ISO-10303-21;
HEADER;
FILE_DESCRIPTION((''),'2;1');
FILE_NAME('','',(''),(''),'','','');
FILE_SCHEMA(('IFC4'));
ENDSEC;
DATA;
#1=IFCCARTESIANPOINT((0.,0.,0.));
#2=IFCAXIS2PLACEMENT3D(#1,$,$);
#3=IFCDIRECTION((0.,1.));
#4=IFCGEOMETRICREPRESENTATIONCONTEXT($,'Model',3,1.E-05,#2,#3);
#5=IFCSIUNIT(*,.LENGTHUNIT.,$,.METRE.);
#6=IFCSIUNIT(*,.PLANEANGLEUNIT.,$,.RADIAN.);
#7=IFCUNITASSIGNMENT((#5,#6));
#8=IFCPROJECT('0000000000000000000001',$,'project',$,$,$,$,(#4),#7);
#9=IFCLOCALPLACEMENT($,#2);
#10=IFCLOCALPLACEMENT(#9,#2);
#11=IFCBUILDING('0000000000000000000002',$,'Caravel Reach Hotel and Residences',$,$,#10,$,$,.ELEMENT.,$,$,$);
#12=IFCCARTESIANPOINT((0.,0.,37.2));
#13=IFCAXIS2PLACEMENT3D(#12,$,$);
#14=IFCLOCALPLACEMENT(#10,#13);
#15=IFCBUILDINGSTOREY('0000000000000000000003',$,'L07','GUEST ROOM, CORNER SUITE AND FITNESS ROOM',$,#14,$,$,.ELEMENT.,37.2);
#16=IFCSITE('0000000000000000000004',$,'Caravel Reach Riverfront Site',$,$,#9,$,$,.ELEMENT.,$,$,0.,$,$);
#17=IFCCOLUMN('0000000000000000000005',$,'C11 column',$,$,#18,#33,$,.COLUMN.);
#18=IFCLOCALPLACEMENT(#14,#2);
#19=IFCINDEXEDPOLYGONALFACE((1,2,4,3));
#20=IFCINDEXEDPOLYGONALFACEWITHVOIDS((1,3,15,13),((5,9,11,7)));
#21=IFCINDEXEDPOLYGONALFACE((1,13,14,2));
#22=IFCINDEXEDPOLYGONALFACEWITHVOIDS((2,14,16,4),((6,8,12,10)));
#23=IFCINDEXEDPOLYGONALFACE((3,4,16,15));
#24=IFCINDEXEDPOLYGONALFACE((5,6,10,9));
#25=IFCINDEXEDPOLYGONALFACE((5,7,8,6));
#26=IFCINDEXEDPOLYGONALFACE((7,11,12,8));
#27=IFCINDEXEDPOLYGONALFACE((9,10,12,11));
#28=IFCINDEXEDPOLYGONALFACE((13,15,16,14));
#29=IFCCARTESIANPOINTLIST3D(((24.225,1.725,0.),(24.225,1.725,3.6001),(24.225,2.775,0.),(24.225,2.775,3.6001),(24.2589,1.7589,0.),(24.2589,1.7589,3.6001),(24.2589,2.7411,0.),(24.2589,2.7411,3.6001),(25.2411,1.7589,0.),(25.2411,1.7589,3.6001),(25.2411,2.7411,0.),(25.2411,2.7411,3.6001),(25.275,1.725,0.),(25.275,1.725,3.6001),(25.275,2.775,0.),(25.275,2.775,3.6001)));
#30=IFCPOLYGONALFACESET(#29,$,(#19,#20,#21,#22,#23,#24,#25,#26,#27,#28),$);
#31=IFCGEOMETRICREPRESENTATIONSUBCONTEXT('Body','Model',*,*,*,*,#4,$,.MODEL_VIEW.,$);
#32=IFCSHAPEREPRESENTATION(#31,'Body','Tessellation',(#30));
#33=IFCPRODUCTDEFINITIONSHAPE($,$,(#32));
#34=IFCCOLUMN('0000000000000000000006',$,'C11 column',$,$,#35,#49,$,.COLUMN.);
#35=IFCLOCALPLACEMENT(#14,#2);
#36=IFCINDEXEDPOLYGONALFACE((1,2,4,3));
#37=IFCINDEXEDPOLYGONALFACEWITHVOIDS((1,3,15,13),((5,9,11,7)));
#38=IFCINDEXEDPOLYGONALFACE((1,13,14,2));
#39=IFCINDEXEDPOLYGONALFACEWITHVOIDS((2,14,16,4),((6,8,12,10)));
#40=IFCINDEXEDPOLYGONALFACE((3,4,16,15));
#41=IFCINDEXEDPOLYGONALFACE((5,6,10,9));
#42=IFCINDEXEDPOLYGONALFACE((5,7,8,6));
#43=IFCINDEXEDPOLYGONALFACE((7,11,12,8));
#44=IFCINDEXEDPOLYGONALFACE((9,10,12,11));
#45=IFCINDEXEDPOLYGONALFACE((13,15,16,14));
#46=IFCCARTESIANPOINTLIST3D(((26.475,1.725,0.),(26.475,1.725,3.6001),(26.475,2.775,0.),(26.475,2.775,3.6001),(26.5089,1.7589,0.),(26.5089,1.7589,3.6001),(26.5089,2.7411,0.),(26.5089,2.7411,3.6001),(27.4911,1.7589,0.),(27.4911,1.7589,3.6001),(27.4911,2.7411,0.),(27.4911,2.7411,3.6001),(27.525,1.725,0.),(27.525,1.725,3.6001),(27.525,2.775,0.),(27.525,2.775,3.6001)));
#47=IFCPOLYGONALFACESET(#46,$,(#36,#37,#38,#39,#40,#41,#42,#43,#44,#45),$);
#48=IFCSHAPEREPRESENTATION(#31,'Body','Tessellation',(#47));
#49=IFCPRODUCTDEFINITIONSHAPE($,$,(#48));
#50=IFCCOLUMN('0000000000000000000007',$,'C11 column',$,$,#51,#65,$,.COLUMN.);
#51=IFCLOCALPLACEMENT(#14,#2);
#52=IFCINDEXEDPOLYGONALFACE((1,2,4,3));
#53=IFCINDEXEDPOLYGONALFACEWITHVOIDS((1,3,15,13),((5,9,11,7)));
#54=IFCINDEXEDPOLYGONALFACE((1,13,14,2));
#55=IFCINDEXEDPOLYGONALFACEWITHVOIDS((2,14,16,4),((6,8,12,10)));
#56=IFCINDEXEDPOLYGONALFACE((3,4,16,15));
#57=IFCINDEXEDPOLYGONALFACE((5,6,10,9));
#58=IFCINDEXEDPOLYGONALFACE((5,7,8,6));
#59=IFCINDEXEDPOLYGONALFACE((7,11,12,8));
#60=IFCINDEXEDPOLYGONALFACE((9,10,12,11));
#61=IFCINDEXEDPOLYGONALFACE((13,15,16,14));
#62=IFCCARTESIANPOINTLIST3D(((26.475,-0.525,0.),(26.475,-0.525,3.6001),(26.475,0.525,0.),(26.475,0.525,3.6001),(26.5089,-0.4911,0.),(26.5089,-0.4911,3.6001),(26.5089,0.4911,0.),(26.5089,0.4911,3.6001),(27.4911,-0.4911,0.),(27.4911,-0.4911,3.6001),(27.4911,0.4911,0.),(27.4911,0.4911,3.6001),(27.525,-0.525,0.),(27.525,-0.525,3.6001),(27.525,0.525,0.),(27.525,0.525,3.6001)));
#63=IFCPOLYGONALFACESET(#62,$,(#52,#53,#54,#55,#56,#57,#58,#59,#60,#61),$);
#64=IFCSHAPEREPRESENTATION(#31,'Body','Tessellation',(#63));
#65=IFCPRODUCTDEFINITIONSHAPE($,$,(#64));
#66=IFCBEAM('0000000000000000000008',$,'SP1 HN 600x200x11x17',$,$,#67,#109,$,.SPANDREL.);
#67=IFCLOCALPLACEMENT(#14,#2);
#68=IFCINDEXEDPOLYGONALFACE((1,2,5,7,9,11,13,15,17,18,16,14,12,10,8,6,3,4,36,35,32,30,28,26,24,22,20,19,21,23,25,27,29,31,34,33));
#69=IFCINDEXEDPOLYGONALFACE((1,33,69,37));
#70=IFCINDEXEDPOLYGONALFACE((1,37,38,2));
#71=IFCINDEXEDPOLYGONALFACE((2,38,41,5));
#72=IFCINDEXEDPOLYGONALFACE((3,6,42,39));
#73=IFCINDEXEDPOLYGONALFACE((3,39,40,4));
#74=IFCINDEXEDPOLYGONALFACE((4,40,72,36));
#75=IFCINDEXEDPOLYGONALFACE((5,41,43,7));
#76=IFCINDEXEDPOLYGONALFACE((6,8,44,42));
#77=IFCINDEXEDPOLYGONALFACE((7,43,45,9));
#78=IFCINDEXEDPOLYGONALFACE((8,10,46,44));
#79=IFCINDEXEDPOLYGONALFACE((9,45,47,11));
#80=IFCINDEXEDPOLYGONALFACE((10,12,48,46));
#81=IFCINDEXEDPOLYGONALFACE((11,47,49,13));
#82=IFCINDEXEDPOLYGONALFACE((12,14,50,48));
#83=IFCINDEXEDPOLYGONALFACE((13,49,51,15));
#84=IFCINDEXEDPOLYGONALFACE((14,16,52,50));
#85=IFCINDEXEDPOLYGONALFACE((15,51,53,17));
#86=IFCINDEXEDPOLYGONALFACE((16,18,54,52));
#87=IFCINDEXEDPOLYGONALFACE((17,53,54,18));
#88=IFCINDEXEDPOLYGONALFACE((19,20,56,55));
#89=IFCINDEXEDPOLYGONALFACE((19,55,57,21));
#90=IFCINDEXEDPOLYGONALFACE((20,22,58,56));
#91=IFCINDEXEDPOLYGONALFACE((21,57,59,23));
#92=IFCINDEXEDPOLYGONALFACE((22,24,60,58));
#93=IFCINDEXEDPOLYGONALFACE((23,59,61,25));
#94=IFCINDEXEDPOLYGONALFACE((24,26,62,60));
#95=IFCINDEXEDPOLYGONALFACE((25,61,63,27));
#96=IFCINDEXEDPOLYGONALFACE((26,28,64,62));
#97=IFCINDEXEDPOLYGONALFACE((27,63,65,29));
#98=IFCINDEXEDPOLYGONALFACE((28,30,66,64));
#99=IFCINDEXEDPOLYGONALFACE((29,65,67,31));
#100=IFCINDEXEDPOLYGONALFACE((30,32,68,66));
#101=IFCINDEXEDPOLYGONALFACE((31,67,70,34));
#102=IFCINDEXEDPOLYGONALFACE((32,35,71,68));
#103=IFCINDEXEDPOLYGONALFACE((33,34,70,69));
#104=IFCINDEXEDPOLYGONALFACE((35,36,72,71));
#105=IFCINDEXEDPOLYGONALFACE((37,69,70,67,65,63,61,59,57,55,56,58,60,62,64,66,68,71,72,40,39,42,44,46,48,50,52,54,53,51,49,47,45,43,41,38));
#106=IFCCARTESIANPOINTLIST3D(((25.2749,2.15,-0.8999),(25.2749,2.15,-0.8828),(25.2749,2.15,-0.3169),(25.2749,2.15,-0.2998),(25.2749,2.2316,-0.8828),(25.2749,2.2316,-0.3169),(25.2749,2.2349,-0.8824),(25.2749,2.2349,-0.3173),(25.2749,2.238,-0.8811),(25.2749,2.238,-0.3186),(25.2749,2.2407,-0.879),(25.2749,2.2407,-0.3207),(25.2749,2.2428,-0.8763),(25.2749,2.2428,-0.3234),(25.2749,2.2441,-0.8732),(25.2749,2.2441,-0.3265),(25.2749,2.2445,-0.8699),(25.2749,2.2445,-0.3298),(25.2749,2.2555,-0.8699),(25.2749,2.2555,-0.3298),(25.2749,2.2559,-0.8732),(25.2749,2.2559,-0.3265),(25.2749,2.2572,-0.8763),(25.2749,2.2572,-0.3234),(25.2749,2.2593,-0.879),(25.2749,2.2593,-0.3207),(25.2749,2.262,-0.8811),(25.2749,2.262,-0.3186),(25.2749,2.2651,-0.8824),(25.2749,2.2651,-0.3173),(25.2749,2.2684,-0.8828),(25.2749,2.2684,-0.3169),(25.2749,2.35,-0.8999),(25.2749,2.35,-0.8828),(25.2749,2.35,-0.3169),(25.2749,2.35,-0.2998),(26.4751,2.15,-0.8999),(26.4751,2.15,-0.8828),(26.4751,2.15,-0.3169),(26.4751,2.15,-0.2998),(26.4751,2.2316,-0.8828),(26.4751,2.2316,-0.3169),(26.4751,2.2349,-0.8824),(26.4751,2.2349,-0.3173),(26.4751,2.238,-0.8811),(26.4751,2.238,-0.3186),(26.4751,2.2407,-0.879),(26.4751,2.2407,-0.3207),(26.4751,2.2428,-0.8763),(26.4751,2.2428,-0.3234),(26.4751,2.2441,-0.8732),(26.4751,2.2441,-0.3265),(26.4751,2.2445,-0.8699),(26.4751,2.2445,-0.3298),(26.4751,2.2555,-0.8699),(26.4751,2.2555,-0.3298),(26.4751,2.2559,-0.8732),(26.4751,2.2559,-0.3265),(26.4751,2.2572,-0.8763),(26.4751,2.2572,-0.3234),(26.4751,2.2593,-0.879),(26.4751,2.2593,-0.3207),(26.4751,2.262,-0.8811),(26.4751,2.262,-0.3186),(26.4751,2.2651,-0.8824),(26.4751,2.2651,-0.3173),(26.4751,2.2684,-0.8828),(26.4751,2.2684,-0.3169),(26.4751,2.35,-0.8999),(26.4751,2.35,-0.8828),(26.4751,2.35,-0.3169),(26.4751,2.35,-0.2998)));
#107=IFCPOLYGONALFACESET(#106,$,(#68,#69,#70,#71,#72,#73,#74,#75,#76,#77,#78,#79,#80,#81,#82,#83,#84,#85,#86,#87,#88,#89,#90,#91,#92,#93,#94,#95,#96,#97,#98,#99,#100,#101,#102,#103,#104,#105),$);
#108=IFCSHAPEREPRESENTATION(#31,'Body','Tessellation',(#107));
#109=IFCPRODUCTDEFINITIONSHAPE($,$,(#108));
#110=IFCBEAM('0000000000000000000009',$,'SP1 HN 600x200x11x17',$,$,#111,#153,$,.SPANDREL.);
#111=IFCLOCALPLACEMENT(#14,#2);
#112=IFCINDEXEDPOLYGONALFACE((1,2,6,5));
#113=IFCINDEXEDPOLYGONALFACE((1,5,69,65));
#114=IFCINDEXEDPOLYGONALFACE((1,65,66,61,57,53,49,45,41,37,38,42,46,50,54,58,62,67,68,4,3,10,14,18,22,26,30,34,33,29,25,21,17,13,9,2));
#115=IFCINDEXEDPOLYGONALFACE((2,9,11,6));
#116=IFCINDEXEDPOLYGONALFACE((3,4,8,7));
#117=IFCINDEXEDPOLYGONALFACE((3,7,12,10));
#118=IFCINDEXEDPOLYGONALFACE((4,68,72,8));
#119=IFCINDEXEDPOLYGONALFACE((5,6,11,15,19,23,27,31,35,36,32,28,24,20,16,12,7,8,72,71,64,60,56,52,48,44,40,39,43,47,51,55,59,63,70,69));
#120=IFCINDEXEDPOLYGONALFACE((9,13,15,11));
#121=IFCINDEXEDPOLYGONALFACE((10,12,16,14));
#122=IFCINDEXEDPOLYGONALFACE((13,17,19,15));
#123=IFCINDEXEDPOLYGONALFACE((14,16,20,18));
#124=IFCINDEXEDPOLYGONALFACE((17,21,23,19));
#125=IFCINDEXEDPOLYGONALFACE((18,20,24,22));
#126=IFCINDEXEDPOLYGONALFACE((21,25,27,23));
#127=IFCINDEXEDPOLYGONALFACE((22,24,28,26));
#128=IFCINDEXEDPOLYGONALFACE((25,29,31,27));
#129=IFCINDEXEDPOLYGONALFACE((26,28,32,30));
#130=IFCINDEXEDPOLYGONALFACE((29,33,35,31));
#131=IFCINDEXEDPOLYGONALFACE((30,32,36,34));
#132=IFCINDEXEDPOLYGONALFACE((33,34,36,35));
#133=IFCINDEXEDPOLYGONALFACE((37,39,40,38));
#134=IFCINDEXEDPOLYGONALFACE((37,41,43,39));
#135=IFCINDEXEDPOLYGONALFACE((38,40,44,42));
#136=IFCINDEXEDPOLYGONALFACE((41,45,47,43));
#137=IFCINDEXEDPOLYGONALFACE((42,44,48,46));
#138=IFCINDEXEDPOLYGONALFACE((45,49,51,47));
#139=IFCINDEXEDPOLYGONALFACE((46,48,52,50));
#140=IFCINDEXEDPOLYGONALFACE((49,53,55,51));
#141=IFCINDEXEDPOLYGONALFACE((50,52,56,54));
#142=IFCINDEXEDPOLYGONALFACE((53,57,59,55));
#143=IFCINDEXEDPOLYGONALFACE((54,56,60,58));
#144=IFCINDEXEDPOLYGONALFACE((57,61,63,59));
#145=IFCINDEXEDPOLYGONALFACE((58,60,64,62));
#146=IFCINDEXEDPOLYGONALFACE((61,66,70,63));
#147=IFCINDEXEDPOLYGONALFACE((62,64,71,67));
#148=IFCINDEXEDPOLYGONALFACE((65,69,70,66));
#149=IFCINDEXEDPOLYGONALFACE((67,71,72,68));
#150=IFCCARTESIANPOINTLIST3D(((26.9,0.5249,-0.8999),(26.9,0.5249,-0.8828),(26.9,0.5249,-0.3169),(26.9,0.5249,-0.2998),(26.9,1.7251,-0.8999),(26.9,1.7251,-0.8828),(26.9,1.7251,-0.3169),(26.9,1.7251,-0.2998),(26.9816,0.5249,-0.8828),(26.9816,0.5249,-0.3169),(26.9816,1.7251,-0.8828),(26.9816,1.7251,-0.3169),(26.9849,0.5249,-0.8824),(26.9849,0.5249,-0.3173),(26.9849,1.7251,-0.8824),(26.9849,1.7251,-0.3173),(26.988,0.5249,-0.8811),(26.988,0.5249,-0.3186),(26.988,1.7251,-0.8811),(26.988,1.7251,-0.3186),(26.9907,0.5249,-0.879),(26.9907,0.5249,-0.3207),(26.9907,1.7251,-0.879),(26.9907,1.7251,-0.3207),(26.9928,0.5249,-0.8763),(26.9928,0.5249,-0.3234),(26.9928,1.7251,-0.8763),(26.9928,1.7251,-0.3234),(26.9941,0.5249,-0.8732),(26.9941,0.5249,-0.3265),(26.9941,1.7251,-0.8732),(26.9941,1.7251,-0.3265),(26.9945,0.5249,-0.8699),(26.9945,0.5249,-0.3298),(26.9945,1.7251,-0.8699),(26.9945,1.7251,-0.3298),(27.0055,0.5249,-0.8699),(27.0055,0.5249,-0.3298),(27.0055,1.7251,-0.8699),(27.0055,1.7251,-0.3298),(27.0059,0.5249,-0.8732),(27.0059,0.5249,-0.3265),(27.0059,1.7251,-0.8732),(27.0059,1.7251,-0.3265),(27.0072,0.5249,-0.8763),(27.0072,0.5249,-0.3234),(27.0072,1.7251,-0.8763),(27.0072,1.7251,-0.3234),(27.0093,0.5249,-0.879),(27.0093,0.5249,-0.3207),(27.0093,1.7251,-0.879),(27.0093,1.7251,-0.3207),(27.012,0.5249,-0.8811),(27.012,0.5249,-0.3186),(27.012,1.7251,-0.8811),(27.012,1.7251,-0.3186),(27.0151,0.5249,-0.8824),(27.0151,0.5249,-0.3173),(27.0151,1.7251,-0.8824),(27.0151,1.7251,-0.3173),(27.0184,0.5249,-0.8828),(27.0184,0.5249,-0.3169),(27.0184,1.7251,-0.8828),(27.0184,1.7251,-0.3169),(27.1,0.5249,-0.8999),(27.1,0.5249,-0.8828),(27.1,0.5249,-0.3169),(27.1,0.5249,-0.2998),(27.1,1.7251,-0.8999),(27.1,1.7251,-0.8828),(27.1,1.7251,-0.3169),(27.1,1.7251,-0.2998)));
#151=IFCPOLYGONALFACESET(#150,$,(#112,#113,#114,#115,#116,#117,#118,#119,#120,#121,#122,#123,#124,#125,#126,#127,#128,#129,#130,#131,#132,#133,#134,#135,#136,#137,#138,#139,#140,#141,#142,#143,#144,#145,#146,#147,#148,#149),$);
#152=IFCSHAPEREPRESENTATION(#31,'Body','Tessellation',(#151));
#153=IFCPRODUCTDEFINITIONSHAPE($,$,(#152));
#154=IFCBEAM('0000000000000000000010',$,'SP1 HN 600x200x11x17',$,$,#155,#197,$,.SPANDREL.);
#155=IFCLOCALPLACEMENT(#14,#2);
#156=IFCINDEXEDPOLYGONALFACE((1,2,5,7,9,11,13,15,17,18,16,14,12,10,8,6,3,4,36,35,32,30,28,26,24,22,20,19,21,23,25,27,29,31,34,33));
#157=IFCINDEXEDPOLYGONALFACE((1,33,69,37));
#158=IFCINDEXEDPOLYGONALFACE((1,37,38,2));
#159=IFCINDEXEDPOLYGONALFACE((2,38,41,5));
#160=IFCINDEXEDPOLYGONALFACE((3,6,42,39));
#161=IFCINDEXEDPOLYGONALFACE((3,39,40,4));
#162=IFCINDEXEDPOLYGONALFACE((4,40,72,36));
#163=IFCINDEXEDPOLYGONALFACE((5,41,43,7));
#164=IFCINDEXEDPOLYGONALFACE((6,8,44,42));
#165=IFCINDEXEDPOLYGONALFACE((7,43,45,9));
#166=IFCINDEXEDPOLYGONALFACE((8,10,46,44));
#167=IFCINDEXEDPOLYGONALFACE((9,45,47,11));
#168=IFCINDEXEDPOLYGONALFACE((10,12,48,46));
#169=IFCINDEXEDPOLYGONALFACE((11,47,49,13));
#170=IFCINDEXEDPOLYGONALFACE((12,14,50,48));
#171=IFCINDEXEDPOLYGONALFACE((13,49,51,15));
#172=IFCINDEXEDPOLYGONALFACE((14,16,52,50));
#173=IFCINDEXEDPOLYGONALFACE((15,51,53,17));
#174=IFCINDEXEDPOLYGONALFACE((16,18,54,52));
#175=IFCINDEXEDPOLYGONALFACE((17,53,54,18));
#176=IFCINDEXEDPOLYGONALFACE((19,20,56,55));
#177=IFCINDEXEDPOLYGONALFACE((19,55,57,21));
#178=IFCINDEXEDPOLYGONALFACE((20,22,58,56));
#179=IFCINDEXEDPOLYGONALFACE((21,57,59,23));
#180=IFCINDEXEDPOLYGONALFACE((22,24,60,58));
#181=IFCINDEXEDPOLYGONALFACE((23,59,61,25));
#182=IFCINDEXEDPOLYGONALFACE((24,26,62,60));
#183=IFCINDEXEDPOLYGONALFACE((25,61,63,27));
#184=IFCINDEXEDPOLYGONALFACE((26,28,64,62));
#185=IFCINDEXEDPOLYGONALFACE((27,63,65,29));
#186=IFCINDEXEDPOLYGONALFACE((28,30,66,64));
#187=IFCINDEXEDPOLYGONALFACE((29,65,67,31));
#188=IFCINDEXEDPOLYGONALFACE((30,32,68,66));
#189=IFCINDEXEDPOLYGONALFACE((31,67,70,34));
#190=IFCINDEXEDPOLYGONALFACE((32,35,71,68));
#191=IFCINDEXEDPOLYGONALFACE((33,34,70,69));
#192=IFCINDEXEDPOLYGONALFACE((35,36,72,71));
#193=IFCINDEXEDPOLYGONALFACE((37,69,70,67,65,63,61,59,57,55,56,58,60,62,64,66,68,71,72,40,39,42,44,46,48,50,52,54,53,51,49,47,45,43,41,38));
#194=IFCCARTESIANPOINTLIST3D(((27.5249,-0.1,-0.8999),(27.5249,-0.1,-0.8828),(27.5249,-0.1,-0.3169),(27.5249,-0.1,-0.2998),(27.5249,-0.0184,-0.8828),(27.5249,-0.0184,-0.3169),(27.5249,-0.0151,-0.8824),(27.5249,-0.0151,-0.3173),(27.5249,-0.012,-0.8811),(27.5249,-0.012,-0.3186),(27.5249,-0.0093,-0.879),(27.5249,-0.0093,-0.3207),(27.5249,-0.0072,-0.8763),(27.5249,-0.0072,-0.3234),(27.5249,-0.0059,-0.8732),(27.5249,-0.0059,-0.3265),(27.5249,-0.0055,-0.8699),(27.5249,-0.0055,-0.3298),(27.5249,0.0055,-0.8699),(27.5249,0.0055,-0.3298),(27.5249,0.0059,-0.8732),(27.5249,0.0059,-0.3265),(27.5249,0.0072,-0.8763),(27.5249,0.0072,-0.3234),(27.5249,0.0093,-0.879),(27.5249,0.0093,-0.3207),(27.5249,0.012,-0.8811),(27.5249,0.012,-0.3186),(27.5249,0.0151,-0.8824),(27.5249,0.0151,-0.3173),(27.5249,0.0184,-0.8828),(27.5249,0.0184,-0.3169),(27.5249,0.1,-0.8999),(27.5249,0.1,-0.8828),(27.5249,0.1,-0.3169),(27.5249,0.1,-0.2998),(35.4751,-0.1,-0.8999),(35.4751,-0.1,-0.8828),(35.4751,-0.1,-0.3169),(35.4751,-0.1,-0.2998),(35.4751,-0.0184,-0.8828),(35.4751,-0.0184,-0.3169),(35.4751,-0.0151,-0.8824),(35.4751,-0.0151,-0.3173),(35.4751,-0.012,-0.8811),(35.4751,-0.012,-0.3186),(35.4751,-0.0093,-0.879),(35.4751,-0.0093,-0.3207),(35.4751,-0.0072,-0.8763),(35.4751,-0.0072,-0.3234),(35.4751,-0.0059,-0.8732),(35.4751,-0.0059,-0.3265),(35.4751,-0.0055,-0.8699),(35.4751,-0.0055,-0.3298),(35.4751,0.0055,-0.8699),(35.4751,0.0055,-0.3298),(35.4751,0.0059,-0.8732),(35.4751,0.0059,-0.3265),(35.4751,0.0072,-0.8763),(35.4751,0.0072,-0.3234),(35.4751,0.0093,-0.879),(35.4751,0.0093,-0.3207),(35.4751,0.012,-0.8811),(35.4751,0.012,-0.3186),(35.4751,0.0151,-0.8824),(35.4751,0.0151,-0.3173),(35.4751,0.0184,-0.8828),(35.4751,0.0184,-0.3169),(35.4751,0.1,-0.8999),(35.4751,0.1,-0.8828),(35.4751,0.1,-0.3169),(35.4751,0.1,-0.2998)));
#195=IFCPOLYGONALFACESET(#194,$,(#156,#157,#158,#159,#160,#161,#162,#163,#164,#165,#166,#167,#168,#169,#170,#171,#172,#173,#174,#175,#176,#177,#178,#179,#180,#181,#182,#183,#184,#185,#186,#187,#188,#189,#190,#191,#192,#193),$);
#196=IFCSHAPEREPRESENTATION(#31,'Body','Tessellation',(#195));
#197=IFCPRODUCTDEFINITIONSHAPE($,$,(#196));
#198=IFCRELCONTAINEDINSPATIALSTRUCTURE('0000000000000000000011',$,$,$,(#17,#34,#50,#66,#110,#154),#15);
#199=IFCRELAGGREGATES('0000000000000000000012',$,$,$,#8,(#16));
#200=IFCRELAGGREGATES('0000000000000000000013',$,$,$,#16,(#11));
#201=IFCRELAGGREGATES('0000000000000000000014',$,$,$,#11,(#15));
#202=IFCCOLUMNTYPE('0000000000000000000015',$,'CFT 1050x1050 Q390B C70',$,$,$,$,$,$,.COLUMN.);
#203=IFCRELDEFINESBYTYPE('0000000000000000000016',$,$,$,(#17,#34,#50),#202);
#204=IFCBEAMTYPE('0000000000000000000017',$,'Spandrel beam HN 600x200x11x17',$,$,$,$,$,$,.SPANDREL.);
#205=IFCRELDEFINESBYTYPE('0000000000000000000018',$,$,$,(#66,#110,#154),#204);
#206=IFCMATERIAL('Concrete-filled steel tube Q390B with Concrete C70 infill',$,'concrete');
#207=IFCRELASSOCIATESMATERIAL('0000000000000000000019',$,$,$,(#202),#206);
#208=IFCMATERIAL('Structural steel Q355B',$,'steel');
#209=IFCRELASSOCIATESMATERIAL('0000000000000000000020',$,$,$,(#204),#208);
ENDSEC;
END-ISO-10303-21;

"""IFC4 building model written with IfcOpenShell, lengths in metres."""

from ifc_helpers import new_model, si_unit, direction, frame, origin, origin_2d, place, context, subcontext, project, spatial, hollow_rectangle, i_section, extrude, material, material_profile, profile_set, type_object, element, save


model = new_model("IFC4")

# Units and contexts
model_context = context("Model", 3, precision=1e-05, world=origin(), true_north=direction((0.0, 1.0)))
body_context = subcontext(model_context, "Body", "Model", "MODEL_VIEW")
ifc_project = project(units=[si_unit("LENGTHUNIT", "METRE"), si_unit("PLANEANGLEUNIT", "RADIAN")], contexts=[model_context])

# Site, building, storey
site_placement = place(None, origin())
site = spatial("IfcSite", under=ifc_project, at=site_placement, Name="Caravel Reach Riverfront Site", CompositionType="ELEMENT", RefElevation=0.0)
building_placement = place(site_placement, origin())
building = spatial("IfcBuilding", under=site, at=building_placement, Name="Caravel Reach Hotel and Residences", CompositionType="ELEMENT")
storey_placement = place(building_placement, frame((0.0, 0.0, 37.2)))
storey = spatial("IfcBuildingStorey", under=building, at=storey_placement, Name="L07", Description="GUEST ROOM, CORNER SUITE AND FITNESS ROOM", CompositionType="ELEMENT", Elevation=37.2)

# Columns
ifc_material_1 = material(Name="Concrete-filled steel tube Q390B with Concrete C70 infill", Category="concrete")
ifc_material_profile_1 = material_profile(ifc_material_1, hollow_rectangle(XDim=1.05, YDim=1.05, WallThickness=0.0339, at=origin_2d()), Name="RHS 1050x1050x34")
ifc_profile_set_1 = profile_set([ifc_material_profile_1], Name="Concrete-filled steel tube Q390B with Concrete C70 infill")
column_type = type_object("IfcColumnType", Name="CFT 1050x1050 Q390B C70", PredefinedType="COLUMN", material=ifc_profile_set_1)
for number, where, z_axis, x_axis, name in (
    (1, (24.75, 2.25, 0.0), (0.0, 0.0, 1.0), (1.0, 0.0, 0.0), "C11 column"),
    (2, (27.0, 2.25, 0.0), (0.0, 0.0, 1.0), (1.0, 0.0, 0.0), "C11 column"),
    (3, (27.0, 0.0, 0.0), (0.0, 0.0, 1.0), (1.0, 0.0, 0.0), "C11 column"),
):
    element("IfcColumn", number, at=place(storey_placement, frame(where, z_axis=z_axis, x_axis=x_axis)), inside=storey, type_object=column_type, Name=name, PredefinedType="COLUMN", context=body_context, shape_type="SweptSolid", body=[
        extrude(hollow_rectangle(XDim=1.05, YDim=1.05, WallThickness=0.0339, at=origin_2d()), origin(), (0.0, 0.0, 1.0), 3.6001),
    ])

# Beams
ifc_material_2 = material(Name="Structural steel Q355B", Category="steel")
ifc_material_profile_2 = material_profile(ifc_material_2, i_section(OverallWidth=0.2, OverallDepth=0.6001, WebThickness=0.011, FlangeThickness=0.0171, FilletRadius=0.0129, at=origin_2d()), Name="HN 600x200x11x17")
ifc_profile_set_2 = profile_set([ifc_material_profile_2], Name="Structural steel Q355B")
beam_type = type_object("IfcBeamType", Name="Spandrel beam HN 600x200x11x17", PredefinedType="SPANDREL", material=ifc_profile_set_2)
for number, where, z_axis, x_axis, name in (
    (4, (25.2749, 2.25, -0.5999), (1.0, 0.0, 0.0), (0.0, 1.0, 0.0), "SP1 HN 600x200x11x17"),
    (5, (27.0, 1.7251, -0.5999), (0.0, -1.0, 0.0), (1.0, 0.0, 0.0), "SP1 HN 600x200x11x17"),
):
    element("IfcBeam", number, at=place(storey_placement, frame(where, z_axis=z_axis, x_axis=x_axis)), inside=storey, type_object=beam_type, Name=name, PredefinedType="SPANDREL", context=body_context, shape_type="SweptSolid", body=[
        extrude(i_section(OverallWidth=0.2, OverallDepth=0.6001, WebThickness=0.011, FlangeThickness=0.0171, FilletRadius=0.0129, at=origin_2d()), origin(), (0.0, 0.0, 1.0), 1.2002),
    ])
beam_placement = place(storey_placement, frame((27.5249, 0.0, -0.5999), z_axis=(1.0, 0.0, 0.0), x_axis=(0.0, 1.0, 0.0)))
element("IfcBeam", 6, at=beam_placement, inside=storey, type_object=beam_type, Name="SP1 HN 600x200x11x17", PredefinedType="SPANDREL", context=body_context, shape_type="SweptSolid", body=[
    extrude(i_section(OverallWidth=0.2, OverallDepth=0.6001, WebThickness=0.011, FlangeThickness=0.0171, FilletRadius=0.0129, at=origin_2d()), origin(), (0.0, 0.0, 1.0), 7.9502),
])

save(model, "model.ifc")
